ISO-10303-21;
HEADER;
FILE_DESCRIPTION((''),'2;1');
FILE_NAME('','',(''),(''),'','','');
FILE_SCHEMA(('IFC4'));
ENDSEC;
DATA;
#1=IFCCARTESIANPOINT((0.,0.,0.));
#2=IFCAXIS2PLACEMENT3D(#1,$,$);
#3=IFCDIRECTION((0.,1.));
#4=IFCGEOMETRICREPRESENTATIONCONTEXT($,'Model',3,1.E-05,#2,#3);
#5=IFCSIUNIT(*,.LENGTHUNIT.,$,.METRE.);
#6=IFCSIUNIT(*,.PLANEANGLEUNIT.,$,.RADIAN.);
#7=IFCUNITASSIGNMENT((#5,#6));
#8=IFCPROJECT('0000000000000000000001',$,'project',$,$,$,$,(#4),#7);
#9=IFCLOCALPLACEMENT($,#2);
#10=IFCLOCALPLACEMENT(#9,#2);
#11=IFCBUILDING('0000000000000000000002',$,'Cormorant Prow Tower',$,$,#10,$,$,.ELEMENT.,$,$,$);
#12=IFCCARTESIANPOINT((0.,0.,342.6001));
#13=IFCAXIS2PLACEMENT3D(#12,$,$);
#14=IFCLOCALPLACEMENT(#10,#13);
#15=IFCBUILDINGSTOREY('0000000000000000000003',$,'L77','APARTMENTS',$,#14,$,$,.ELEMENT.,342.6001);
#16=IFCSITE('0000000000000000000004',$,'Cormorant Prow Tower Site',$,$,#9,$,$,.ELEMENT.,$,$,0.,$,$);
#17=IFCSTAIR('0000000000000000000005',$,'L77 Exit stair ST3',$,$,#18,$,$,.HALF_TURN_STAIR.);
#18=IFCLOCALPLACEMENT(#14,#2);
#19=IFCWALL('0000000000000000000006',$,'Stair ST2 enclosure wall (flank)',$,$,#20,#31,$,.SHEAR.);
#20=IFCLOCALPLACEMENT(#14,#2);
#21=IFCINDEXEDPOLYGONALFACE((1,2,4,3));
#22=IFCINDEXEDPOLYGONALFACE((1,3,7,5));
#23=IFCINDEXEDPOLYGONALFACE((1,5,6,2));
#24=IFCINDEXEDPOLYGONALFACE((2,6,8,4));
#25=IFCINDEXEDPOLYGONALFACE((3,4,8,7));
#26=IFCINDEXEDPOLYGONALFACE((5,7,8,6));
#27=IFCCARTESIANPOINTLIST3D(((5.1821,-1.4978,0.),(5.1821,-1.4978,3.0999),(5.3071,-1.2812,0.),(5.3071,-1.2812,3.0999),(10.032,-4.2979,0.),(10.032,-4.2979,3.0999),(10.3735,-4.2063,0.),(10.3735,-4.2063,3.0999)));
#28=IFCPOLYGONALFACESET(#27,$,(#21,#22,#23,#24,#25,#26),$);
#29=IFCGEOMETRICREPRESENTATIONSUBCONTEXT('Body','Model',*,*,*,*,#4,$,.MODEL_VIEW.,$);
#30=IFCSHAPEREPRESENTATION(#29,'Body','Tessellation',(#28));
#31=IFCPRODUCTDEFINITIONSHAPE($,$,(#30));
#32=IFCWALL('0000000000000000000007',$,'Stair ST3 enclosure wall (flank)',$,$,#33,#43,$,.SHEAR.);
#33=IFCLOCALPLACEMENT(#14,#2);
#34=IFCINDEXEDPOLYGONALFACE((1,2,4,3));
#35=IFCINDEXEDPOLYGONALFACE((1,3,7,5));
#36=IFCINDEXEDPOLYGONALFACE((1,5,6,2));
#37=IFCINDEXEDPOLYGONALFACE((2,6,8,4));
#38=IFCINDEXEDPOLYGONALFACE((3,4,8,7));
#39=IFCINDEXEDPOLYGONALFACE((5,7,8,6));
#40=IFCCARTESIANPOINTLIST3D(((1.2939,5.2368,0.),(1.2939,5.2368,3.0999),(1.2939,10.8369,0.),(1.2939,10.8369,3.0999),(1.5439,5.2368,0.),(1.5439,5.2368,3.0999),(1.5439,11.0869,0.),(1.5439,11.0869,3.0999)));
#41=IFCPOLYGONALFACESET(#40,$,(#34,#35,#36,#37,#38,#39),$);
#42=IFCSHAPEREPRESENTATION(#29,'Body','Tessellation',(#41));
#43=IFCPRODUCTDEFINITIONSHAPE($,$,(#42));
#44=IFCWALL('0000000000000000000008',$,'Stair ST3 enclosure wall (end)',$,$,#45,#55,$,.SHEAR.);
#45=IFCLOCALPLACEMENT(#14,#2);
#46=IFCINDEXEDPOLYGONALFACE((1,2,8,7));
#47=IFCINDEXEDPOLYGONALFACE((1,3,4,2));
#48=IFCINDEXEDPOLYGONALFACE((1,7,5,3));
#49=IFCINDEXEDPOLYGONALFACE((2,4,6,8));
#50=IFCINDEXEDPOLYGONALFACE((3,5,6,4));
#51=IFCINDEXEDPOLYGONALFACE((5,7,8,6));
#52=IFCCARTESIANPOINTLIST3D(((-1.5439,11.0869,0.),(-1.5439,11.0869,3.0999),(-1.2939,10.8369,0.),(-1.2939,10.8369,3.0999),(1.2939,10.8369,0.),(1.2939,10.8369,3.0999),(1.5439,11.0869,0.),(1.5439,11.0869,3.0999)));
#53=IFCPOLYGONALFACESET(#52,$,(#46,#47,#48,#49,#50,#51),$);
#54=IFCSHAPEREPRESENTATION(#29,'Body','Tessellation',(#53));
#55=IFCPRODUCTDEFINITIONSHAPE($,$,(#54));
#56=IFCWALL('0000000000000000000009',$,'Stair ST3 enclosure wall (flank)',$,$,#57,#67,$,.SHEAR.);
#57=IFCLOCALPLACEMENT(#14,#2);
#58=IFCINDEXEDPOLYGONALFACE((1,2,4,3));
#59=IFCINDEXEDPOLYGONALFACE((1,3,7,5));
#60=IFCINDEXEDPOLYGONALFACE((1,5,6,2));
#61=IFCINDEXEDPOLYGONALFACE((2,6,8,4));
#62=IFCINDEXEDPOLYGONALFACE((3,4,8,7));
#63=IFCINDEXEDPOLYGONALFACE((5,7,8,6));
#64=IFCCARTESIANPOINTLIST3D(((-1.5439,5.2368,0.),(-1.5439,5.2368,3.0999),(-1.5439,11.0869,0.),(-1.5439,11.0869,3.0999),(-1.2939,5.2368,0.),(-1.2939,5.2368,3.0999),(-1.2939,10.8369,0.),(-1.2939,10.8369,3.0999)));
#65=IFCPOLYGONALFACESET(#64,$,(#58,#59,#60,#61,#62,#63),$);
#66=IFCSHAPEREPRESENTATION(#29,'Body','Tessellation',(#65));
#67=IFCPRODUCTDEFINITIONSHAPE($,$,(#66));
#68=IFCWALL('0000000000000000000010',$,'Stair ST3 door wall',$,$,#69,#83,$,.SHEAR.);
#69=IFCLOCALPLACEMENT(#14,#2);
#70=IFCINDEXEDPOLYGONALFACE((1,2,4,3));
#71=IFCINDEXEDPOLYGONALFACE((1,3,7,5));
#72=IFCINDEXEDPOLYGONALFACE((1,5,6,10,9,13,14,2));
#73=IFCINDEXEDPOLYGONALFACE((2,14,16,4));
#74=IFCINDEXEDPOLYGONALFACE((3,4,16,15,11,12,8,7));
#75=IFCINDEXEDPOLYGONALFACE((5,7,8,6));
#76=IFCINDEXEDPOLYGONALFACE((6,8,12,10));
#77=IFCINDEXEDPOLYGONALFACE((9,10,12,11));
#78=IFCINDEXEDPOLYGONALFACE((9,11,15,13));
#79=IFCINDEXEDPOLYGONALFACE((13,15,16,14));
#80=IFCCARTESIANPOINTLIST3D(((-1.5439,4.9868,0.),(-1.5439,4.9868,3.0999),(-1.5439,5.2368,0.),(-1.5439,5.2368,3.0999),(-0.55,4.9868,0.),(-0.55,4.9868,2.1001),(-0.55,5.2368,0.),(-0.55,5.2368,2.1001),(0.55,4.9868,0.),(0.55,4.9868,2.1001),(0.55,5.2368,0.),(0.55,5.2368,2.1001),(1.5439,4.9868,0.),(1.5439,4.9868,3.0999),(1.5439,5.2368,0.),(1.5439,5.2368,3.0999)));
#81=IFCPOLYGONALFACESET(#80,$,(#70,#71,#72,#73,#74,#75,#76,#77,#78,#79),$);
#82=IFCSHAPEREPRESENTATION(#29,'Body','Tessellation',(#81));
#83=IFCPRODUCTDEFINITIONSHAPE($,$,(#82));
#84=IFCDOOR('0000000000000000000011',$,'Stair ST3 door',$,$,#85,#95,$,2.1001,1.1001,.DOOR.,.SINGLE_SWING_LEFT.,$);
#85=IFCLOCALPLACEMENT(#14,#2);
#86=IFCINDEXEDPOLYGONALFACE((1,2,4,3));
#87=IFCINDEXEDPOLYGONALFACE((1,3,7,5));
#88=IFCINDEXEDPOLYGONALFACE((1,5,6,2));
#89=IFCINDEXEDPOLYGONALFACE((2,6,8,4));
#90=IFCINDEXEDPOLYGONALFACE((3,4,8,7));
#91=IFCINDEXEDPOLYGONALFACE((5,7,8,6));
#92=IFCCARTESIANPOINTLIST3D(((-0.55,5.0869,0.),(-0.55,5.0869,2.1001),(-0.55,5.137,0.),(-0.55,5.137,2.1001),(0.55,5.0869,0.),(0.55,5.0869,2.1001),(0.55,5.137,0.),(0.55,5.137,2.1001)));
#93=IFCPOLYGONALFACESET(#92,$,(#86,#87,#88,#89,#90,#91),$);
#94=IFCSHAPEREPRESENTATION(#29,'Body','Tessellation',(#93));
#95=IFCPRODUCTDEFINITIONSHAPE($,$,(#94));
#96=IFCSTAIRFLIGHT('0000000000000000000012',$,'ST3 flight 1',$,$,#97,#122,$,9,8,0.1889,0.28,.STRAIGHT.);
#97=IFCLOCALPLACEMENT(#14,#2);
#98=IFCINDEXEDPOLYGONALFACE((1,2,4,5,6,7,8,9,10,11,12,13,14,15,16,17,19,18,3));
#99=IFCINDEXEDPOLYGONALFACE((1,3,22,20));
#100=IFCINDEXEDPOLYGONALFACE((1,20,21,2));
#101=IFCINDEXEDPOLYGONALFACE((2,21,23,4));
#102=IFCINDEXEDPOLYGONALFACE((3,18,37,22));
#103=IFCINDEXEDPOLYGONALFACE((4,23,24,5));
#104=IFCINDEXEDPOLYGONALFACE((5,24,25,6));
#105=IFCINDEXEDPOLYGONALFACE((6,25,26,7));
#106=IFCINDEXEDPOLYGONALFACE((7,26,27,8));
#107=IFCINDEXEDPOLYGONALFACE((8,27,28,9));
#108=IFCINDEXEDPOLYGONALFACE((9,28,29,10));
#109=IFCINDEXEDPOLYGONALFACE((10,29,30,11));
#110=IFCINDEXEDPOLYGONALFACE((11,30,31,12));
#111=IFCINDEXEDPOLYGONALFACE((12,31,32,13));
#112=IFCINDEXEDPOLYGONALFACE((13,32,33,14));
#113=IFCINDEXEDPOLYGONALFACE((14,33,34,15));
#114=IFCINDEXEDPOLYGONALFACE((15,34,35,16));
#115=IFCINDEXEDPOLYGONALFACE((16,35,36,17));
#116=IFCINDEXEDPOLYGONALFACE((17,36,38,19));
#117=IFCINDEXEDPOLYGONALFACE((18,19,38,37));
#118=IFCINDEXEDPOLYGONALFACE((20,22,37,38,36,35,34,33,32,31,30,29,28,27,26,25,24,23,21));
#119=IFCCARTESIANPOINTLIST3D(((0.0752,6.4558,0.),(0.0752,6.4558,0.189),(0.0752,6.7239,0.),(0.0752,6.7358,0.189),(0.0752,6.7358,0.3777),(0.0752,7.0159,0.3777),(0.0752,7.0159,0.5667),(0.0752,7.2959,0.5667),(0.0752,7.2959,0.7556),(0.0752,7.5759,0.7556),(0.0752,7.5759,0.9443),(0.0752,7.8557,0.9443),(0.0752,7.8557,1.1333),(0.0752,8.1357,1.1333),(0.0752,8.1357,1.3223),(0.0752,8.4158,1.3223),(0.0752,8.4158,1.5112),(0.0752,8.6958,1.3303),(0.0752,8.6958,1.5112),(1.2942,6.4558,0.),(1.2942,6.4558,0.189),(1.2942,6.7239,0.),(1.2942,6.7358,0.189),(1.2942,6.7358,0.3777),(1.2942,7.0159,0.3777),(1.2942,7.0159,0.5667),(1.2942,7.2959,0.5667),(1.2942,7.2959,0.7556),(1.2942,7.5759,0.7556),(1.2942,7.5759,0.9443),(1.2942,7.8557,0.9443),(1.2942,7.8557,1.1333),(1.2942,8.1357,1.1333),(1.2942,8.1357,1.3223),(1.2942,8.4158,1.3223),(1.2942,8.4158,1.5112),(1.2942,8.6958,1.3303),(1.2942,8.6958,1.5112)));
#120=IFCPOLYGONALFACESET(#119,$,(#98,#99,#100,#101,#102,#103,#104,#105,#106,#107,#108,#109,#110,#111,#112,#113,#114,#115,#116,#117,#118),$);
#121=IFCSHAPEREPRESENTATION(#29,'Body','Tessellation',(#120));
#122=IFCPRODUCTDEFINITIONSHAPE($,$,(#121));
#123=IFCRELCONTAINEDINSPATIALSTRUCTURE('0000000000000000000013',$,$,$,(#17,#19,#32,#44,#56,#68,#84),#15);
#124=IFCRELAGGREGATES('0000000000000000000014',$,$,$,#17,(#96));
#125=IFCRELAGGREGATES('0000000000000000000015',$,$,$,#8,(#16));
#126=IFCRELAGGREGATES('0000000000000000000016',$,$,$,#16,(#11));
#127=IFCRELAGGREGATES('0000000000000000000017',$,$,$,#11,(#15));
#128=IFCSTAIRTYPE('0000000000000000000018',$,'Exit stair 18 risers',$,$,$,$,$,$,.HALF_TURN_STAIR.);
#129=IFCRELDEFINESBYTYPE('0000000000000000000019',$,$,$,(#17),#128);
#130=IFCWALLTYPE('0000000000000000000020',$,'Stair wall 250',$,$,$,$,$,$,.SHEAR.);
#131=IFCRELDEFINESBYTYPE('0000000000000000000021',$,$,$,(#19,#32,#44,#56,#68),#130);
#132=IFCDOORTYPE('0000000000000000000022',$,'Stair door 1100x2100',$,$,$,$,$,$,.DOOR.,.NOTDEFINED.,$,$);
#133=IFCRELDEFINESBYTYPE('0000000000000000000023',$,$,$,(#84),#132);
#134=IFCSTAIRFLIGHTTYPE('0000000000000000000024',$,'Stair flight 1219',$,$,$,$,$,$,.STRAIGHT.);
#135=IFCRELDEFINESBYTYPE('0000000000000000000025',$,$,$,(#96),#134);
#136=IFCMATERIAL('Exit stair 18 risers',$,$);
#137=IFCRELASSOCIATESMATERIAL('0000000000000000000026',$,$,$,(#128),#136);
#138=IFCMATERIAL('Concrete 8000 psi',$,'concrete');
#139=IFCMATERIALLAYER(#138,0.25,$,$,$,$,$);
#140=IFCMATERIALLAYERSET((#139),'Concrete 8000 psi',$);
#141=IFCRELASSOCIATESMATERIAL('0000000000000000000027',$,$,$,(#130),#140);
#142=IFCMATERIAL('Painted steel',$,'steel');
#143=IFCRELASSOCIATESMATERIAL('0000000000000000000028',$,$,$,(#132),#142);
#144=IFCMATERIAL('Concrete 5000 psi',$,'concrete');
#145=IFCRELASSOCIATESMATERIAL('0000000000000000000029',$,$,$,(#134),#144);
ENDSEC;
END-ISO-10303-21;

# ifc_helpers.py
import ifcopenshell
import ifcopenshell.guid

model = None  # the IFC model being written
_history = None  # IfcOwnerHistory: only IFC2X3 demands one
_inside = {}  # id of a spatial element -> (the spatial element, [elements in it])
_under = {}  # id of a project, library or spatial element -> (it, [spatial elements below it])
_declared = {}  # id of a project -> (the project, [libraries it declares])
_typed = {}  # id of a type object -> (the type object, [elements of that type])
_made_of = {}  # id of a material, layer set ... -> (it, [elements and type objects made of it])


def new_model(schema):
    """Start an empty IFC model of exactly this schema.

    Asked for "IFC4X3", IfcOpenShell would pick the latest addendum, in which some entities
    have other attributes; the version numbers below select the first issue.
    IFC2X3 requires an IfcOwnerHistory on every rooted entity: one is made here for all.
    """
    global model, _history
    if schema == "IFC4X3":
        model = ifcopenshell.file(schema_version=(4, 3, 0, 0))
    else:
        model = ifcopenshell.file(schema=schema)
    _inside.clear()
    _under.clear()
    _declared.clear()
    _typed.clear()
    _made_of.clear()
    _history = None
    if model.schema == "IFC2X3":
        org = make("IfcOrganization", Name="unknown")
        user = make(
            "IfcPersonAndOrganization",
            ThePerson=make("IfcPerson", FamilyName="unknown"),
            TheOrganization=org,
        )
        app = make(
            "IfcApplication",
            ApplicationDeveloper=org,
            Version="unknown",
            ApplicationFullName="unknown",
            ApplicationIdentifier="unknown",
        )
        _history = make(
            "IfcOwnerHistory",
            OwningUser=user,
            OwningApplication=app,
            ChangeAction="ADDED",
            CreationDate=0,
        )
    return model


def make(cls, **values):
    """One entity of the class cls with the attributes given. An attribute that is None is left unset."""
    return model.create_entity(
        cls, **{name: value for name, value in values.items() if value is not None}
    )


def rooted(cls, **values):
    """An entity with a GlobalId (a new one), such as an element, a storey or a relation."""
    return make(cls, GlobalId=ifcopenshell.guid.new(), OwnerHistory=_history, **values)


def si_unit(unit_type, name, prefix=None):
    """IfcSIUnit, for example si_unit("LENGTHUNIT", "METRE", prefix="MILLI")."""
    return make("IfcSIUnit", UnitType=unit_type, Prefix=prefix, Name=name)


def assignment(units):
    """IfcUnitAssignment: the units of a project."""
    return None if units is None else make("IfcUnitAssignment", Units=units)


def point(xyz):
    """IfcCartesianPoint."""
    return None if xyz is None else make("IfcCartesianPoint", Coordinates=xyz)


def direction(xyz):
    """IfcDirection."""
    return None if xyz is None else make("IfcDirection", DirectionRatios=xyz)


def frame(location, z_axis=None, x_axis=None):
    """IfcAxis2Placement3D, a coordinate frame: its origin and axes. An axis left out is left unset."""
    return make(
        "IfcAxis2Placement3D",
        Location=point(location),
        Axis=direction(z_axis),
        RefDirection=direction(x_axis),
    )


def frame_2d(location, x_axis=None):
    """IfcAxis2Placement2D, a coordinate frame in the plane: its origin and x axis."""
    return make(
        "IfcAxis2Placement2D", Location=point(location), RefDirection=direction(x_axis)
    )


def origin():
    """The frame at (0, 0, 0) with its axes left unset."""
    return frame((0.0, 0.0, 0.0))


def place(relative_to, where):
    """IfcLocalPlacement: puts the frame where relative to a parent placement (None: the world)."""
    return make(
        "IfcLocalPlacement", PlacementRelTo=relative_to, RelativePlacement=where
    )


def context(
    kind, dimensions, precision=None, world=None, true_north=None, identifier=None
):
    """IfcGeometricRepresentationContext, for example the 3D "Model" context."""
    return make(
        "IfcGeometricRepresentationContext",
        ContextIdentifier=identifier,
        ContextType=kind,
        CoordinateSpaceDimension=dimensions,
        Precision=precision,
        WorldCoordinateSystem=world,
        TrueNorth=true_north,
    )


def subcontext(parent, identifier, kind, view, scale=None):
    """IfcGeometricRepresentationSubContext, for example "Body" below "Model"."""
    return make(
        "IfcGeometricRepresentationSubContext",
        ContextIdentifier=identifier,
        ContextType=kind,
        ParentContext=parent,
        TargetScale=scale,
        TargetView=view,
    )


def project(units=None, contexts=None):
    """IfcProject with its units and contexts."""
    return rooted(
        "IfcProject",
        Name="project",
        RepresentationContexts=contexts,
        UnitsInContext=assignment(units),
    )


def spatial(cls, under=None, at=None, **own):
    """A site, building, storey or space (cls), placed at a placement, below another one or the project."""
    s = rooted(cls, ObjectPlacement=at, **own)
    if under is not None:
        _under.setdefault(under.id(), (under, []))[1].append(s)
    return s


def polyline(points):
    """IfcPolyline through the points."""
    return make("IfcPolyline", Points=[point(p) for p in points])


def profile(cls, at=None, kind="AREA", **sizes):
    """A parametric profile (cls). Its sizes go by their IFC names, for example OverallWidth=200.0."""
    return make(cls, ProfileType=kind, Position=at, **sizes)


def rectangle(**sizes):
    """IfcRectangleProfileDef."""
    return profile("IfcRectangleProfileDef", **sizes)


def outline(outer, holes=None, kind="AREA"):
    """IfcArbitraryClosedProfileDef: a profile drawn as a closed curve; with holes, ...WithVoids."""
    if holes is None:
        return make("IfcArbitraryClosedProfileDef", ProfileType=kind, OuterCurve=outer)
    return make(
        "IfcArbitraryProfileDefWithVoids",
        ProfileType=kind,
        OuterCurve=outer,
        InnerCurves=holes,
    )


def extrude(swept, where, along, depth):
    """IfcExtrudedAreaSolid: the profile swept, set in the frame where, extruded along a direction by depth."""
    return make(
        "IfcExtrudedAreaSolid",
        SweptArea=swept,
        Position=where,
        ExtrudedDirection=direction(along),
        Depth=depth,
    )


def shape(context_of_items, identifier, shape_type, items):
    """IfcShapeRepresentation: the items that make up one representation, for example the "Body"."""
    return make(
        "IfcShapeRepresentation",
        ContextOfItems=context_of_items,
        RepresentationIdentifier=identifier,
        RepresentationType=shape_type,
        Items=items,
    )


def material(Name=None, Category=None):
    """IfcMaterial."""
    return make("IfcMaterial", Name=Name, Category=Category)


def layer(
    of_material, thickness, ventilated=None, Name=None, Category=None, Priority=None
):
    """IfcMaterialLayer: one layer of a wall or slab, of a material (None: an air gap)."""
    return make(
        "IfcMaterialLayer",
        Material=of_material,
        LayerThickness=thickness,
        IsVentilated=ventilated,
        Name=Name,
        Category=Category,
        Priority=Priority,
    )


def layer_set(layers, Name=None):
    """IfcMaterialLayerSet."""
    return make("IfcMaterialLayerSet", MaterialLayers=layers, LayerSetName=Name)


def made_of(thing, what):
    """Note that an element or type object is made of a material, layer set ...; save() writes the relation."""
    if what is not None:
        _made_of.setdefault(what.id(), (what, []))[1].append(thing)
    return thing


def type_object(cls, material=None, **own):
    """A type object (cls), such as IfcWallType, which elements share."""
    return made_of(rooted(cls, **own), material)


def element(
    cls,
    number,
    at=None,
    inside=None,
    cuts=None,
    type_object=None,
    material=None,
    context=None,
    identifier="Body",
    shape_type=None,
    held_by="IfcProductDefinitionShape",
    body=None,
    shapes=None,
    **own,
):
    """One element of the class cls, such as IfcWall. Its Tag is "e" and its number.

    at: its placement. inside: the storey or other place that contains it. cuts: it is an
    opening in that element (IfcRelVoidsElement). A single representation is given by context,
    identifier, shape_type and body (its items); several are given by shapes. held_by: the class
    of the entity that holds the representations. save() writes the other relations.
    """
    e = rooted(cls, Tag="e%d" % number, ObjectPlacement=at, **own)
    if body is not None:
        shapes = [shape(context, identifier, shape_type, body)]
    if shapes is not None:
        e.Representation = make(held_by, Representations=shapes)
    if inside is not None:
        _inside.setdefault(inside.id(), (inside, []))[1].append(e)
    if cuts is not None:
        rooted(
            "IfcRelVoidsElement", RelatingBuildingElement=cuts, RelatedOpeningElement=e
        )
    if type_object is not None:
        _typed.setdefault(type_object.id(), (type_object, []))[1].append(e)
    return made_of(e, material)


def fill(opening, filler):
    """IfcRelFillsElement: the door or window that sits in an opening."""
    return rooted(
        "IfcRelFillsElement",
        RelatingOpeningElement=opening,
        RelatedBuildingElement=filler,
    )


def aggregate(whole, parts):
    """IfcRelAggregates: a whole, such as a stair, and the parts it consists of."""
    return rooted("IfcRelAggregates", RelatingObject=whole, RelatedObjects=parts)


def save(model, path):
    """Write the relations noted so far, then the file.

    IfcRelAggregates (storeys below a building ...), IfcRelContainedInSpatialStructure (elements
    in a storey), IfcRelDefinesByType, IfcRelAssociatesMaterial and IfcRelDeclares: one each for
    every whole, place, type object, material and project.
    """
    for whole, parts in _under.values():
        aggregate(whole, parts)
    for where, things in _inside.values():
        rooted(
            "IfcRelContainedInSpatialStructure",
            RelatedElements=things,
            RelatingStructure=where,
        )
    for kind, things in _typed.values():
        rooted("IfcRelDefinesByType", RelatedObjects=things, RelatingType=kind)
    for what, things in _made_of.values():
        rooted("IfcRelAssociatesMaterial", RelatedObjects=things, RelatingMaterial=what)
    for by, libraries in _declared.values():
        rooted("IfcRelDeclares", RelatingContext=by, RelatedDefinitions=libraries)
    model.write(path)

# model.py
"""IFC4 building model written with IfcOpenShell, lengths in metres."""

from ifc_helpers import new_model, si_unit, direction, frame, frame_2d, origin, place, context, subcontext, project, spatial, polyline, rectangle, outline, extrude, material, layer, layer_set, type_object, element, fill, aggregate, save


model = new_model("IFC4")

# Units and contexts
model_context = context("Model", 3, precision=1e-05, world=origin(), true_north=direction((0.0, 1.0)))
body_context = subcontext(model_context, "Body", "Model", "MODEL_VIEW")
ifc_project = project(units=[si_unit("LENGTHUNIT", "METRE"), si_unit("PLANEANGLEUNIT", "RADIAN")], contexts=[model_context])

# Site, building, storey
site_placement = place(None, origin())
site = spatial("IfcSite", under=ifc_project, at=site_placement, Name="Cormorant Prow Tower Site", CompositionType="ELEMENT", RefElevation=0.0)
building_placement = place(site_placement, origin())
building = spatial("IfcBuilding", under=site, at=building_placement, Name="Cormorant Prow Tower", CompositionType="ELEMENT")
storey_placement = place(building_placement, frame((0.0, 0.0, 342.6001)))
storey = spatial("IfcBuildingStorey", under=building, at=storey_placement, Name="L77", Description="APARTMENTS", CompositionType="ELEMENT", Elevation=342.6001)

# Stair
ifc_material_1 = material(Name="Exit stair 18 risers")
stair_type = type_object("IfcStairType", Name="Exit stair 18 risers", PredefinedType="HALF_TURN_STAIR", material=ifc_material_1)
stair_1_placement = place(storey_placement, origin())
stair_1 = element("IfcStair", 1, at=stair_1_placement, inside=storey, type_object=stair_type, Name="L77 Exit stair ST3", PredefinedType="HALF_TURN_STAIR")

# Walls
ifc_material_2 = material(Name="Concrete 8000 psi", Category="concrete")
ifc_layer_1 = layer(ifc_material_2, 0.25)
ifc_layer_set_1 = layer_set([ifc_layer_1], Name="Concrete 8000 psi")
wall_type_1 = type_object("IfcWallType", Name="Stair wall 250", PredefinedType="SHEAR", material=ifc_layer_set_1)
wall_1_placement = place(storey_placement, origin())
element("IfcWall", 2, at=wall_1_placement, inside=storey, type_object=wall_type_1, Name="Stair ST2 enclosure wall (flank)", PredefinedType="SHEAR", context=body_context, shape_type="SweptSolid", body=[
    extrude(outline(polyline([(10.032, -4.2979), (10.3735, -4.2063), (5.3071, -1.2812), (5.1821, -1.4978), (10.032, -4.2979)])), origin(), (0.0, 0.0, 1.0), 3.0999),
])
wall_2_placement = place(storey_placement, origin())
element("IfcWall", 3, at=wall_2_placement, inside=storey, type_object=wall_type_1, Name="Stair ST3 enclosure wall (flank)", PredefinedType="SHEAR", context=body_context, shape_type="SweptSolid", body=[
    extrude(outline(polyline([(1.5439, 5.2368), (1.5439, 11.0869), (1.2939, 10.8369), (1.2939, 5.2368), (1.5439, 5.2368)])), origin(), (0.0, 0.0, 1.0), 3.0999),
])
wall_3_placement = place(storey_placement, origin())
element("IfcWall", 4, at=wall_3_placement, inside=storey, type_object=wall_type_1, Name="Stair ST3 enclosure wall (end)", PredefinedType="SHEAR", context=body_context, shape_type="SweptSolid", body=[
    extrude(outline(polyline([(1.5439, 11.0869), (-1.5439, 11.0869), (-1.2939, 10.8369), (1.2939, 10.8369), (1.5439, 11.0869)])), origin(), (0.0, 0.0, 1.0), 3.0999),
])
wall_4_placement = place(storey_placement, origin())
element("IfcWall", 5, at=wall_4_placement, inside=storey, type_object=wall_type_1, Name="Stair ST3 enclosure wall (flank)", PredefinedType="SHEAR", context=body_context, shape_type="SweptSolid", body=[
    extrude(outline(polyline([(-1.2939, 10.8369), (-1.5439, 11.0869), (-1.5439, 5.2368), (-1.2939, 5.2368), (-1.2939, 10.8369)])), origin(), (0.0, 0.0, 1.0), 3.0999),
])

# Wall, opening, door
wall_5_placement = place(storey_placement, frame((1.5439, 5.1118, 0.0), z_axis=(0.0, 0.0, 1.0), x_axis=(-1.0, 0.0, 0.0)))
wall_5 = element("IfcWall", 6, at=wall_5_placement, inside=storey, type_object=wall_type_1, Name="Stair ST3 door wall", PredefinedType="SHEAR", context=body_context, shape_type="SweptSolid", body=[
    extrude(rectangle(XDim=3.0879, YDim=0.25, at=frame_2d((1.5439, 0.0))), origin(), (0.0, 0.0, 1.0), 3.0999),
])
opening_placement = place(wall_5_placement, frame((0.9939, 0.0, 0.0)))
opening = element("IfcOpeningElement", 7, at=opening_placement, cuts=wall_5, PredefinedType="OPENING", context=body_context, shape_type="SweptSolid", body=[
    extrude(rectangle(XDim=1.1001, YDim=2.1001, at=frame_2d((0.55, 1.05))), frame((0.0, 0.135, 0.0), z_axis=(0.0, -1.0, 0.0), x_axis=(1.0, 0.0, 0.0)), (0.0, 0.0, 1.0), 0.27),
])
ifc_material_3 = material(Name="Painted steel", Category="steel")
door_type = type_object("IfcDoorType", Name="Stair door 1100x2100", OperationType="NOTDEFINED", PredefinedType="DOOR", material=ifc_material_3)
door_placement = place(opening_placement, origin())
door = element("IfcDoor", 8, at=door_placement, inside=storey, type_object=door_type, Name="Stair ST3 door", OperationType="SINGLE_SWING_LEFT", OverallHeight=2.1001, OverallWidth=1.1001, PredefinedType="DOOR", context=body_context, shape_type="SweptSolid", body=[
    extrude(rectangle(XDim=1.1001, YDim=2.1001, at=frame_2d((0.55, 1.05))), frame((0.0, 0.0249, 0.0), z_axis=(0.0, -1.0, 0.0), x_axis=(1.0, 0.0, 0.0)), (0.0, 0.0, 1.0), 0.05),
])
fill(opening, door)

# Stair flight
ifc_material_4 = material(Name="Concrete 5000 psi", Category="concrete")
stair_flight_type = type_object("IfcStairFlightType", Name="Stair flight 1219", PredefinedType="STRAIGHT", material=ifc_material_4)
stair_flight_placement = place(storey_placement, frame((0.6846, 6.4558, 0.0), z_axis=(0.0, 0.0, 1.0), x_axis=(0.0, 1.0, 0.0)))
stair_flight = element("IfcStairFlight", 9, at=stair_flight_placement, type_object=stair_flight_type, Name="ST3 flight 1", NumberOfRisers=9, NumberOfTreads=8, PredefinedType="STRAIGHT", RiserHeight=0.1889, TreadLength=0.28, context=body_context, shape_type="SweptSolid", body=[
    extrude(outline(polyline([(0.0, 0.0), (0.0, 0.189), (0.28, 0.189), (0.28, 0.3777), (0.5601, 0.3777), (0.5601, 0.5667), (0.8401, 0.5667), (0.8401, 0.7556), (1.1201, 0.7556), (1.1201, 0.9443), (1.3999, 0.9443), (1.3999, 1.1333), (1.6799, 1.1333), (1.6799, 1.3223), (1.96, 1.3223), (1.96, 1.5112), (2.24, 1.5112), (2.24, 1.7), (2.24, 1.3303), (0.2681, 0.0), (0.0, 0.0)])), frame((0.0, 0.6094, 0.0), z_axis=(0.0, -1.0, 0.0), x_axis=(1.0, 0.0, 0.0)), (0.0, 0.0, 1.0), 1.219),
])
aggregate(stair_1, [stair_flight])

save(model, "model.ifc")
